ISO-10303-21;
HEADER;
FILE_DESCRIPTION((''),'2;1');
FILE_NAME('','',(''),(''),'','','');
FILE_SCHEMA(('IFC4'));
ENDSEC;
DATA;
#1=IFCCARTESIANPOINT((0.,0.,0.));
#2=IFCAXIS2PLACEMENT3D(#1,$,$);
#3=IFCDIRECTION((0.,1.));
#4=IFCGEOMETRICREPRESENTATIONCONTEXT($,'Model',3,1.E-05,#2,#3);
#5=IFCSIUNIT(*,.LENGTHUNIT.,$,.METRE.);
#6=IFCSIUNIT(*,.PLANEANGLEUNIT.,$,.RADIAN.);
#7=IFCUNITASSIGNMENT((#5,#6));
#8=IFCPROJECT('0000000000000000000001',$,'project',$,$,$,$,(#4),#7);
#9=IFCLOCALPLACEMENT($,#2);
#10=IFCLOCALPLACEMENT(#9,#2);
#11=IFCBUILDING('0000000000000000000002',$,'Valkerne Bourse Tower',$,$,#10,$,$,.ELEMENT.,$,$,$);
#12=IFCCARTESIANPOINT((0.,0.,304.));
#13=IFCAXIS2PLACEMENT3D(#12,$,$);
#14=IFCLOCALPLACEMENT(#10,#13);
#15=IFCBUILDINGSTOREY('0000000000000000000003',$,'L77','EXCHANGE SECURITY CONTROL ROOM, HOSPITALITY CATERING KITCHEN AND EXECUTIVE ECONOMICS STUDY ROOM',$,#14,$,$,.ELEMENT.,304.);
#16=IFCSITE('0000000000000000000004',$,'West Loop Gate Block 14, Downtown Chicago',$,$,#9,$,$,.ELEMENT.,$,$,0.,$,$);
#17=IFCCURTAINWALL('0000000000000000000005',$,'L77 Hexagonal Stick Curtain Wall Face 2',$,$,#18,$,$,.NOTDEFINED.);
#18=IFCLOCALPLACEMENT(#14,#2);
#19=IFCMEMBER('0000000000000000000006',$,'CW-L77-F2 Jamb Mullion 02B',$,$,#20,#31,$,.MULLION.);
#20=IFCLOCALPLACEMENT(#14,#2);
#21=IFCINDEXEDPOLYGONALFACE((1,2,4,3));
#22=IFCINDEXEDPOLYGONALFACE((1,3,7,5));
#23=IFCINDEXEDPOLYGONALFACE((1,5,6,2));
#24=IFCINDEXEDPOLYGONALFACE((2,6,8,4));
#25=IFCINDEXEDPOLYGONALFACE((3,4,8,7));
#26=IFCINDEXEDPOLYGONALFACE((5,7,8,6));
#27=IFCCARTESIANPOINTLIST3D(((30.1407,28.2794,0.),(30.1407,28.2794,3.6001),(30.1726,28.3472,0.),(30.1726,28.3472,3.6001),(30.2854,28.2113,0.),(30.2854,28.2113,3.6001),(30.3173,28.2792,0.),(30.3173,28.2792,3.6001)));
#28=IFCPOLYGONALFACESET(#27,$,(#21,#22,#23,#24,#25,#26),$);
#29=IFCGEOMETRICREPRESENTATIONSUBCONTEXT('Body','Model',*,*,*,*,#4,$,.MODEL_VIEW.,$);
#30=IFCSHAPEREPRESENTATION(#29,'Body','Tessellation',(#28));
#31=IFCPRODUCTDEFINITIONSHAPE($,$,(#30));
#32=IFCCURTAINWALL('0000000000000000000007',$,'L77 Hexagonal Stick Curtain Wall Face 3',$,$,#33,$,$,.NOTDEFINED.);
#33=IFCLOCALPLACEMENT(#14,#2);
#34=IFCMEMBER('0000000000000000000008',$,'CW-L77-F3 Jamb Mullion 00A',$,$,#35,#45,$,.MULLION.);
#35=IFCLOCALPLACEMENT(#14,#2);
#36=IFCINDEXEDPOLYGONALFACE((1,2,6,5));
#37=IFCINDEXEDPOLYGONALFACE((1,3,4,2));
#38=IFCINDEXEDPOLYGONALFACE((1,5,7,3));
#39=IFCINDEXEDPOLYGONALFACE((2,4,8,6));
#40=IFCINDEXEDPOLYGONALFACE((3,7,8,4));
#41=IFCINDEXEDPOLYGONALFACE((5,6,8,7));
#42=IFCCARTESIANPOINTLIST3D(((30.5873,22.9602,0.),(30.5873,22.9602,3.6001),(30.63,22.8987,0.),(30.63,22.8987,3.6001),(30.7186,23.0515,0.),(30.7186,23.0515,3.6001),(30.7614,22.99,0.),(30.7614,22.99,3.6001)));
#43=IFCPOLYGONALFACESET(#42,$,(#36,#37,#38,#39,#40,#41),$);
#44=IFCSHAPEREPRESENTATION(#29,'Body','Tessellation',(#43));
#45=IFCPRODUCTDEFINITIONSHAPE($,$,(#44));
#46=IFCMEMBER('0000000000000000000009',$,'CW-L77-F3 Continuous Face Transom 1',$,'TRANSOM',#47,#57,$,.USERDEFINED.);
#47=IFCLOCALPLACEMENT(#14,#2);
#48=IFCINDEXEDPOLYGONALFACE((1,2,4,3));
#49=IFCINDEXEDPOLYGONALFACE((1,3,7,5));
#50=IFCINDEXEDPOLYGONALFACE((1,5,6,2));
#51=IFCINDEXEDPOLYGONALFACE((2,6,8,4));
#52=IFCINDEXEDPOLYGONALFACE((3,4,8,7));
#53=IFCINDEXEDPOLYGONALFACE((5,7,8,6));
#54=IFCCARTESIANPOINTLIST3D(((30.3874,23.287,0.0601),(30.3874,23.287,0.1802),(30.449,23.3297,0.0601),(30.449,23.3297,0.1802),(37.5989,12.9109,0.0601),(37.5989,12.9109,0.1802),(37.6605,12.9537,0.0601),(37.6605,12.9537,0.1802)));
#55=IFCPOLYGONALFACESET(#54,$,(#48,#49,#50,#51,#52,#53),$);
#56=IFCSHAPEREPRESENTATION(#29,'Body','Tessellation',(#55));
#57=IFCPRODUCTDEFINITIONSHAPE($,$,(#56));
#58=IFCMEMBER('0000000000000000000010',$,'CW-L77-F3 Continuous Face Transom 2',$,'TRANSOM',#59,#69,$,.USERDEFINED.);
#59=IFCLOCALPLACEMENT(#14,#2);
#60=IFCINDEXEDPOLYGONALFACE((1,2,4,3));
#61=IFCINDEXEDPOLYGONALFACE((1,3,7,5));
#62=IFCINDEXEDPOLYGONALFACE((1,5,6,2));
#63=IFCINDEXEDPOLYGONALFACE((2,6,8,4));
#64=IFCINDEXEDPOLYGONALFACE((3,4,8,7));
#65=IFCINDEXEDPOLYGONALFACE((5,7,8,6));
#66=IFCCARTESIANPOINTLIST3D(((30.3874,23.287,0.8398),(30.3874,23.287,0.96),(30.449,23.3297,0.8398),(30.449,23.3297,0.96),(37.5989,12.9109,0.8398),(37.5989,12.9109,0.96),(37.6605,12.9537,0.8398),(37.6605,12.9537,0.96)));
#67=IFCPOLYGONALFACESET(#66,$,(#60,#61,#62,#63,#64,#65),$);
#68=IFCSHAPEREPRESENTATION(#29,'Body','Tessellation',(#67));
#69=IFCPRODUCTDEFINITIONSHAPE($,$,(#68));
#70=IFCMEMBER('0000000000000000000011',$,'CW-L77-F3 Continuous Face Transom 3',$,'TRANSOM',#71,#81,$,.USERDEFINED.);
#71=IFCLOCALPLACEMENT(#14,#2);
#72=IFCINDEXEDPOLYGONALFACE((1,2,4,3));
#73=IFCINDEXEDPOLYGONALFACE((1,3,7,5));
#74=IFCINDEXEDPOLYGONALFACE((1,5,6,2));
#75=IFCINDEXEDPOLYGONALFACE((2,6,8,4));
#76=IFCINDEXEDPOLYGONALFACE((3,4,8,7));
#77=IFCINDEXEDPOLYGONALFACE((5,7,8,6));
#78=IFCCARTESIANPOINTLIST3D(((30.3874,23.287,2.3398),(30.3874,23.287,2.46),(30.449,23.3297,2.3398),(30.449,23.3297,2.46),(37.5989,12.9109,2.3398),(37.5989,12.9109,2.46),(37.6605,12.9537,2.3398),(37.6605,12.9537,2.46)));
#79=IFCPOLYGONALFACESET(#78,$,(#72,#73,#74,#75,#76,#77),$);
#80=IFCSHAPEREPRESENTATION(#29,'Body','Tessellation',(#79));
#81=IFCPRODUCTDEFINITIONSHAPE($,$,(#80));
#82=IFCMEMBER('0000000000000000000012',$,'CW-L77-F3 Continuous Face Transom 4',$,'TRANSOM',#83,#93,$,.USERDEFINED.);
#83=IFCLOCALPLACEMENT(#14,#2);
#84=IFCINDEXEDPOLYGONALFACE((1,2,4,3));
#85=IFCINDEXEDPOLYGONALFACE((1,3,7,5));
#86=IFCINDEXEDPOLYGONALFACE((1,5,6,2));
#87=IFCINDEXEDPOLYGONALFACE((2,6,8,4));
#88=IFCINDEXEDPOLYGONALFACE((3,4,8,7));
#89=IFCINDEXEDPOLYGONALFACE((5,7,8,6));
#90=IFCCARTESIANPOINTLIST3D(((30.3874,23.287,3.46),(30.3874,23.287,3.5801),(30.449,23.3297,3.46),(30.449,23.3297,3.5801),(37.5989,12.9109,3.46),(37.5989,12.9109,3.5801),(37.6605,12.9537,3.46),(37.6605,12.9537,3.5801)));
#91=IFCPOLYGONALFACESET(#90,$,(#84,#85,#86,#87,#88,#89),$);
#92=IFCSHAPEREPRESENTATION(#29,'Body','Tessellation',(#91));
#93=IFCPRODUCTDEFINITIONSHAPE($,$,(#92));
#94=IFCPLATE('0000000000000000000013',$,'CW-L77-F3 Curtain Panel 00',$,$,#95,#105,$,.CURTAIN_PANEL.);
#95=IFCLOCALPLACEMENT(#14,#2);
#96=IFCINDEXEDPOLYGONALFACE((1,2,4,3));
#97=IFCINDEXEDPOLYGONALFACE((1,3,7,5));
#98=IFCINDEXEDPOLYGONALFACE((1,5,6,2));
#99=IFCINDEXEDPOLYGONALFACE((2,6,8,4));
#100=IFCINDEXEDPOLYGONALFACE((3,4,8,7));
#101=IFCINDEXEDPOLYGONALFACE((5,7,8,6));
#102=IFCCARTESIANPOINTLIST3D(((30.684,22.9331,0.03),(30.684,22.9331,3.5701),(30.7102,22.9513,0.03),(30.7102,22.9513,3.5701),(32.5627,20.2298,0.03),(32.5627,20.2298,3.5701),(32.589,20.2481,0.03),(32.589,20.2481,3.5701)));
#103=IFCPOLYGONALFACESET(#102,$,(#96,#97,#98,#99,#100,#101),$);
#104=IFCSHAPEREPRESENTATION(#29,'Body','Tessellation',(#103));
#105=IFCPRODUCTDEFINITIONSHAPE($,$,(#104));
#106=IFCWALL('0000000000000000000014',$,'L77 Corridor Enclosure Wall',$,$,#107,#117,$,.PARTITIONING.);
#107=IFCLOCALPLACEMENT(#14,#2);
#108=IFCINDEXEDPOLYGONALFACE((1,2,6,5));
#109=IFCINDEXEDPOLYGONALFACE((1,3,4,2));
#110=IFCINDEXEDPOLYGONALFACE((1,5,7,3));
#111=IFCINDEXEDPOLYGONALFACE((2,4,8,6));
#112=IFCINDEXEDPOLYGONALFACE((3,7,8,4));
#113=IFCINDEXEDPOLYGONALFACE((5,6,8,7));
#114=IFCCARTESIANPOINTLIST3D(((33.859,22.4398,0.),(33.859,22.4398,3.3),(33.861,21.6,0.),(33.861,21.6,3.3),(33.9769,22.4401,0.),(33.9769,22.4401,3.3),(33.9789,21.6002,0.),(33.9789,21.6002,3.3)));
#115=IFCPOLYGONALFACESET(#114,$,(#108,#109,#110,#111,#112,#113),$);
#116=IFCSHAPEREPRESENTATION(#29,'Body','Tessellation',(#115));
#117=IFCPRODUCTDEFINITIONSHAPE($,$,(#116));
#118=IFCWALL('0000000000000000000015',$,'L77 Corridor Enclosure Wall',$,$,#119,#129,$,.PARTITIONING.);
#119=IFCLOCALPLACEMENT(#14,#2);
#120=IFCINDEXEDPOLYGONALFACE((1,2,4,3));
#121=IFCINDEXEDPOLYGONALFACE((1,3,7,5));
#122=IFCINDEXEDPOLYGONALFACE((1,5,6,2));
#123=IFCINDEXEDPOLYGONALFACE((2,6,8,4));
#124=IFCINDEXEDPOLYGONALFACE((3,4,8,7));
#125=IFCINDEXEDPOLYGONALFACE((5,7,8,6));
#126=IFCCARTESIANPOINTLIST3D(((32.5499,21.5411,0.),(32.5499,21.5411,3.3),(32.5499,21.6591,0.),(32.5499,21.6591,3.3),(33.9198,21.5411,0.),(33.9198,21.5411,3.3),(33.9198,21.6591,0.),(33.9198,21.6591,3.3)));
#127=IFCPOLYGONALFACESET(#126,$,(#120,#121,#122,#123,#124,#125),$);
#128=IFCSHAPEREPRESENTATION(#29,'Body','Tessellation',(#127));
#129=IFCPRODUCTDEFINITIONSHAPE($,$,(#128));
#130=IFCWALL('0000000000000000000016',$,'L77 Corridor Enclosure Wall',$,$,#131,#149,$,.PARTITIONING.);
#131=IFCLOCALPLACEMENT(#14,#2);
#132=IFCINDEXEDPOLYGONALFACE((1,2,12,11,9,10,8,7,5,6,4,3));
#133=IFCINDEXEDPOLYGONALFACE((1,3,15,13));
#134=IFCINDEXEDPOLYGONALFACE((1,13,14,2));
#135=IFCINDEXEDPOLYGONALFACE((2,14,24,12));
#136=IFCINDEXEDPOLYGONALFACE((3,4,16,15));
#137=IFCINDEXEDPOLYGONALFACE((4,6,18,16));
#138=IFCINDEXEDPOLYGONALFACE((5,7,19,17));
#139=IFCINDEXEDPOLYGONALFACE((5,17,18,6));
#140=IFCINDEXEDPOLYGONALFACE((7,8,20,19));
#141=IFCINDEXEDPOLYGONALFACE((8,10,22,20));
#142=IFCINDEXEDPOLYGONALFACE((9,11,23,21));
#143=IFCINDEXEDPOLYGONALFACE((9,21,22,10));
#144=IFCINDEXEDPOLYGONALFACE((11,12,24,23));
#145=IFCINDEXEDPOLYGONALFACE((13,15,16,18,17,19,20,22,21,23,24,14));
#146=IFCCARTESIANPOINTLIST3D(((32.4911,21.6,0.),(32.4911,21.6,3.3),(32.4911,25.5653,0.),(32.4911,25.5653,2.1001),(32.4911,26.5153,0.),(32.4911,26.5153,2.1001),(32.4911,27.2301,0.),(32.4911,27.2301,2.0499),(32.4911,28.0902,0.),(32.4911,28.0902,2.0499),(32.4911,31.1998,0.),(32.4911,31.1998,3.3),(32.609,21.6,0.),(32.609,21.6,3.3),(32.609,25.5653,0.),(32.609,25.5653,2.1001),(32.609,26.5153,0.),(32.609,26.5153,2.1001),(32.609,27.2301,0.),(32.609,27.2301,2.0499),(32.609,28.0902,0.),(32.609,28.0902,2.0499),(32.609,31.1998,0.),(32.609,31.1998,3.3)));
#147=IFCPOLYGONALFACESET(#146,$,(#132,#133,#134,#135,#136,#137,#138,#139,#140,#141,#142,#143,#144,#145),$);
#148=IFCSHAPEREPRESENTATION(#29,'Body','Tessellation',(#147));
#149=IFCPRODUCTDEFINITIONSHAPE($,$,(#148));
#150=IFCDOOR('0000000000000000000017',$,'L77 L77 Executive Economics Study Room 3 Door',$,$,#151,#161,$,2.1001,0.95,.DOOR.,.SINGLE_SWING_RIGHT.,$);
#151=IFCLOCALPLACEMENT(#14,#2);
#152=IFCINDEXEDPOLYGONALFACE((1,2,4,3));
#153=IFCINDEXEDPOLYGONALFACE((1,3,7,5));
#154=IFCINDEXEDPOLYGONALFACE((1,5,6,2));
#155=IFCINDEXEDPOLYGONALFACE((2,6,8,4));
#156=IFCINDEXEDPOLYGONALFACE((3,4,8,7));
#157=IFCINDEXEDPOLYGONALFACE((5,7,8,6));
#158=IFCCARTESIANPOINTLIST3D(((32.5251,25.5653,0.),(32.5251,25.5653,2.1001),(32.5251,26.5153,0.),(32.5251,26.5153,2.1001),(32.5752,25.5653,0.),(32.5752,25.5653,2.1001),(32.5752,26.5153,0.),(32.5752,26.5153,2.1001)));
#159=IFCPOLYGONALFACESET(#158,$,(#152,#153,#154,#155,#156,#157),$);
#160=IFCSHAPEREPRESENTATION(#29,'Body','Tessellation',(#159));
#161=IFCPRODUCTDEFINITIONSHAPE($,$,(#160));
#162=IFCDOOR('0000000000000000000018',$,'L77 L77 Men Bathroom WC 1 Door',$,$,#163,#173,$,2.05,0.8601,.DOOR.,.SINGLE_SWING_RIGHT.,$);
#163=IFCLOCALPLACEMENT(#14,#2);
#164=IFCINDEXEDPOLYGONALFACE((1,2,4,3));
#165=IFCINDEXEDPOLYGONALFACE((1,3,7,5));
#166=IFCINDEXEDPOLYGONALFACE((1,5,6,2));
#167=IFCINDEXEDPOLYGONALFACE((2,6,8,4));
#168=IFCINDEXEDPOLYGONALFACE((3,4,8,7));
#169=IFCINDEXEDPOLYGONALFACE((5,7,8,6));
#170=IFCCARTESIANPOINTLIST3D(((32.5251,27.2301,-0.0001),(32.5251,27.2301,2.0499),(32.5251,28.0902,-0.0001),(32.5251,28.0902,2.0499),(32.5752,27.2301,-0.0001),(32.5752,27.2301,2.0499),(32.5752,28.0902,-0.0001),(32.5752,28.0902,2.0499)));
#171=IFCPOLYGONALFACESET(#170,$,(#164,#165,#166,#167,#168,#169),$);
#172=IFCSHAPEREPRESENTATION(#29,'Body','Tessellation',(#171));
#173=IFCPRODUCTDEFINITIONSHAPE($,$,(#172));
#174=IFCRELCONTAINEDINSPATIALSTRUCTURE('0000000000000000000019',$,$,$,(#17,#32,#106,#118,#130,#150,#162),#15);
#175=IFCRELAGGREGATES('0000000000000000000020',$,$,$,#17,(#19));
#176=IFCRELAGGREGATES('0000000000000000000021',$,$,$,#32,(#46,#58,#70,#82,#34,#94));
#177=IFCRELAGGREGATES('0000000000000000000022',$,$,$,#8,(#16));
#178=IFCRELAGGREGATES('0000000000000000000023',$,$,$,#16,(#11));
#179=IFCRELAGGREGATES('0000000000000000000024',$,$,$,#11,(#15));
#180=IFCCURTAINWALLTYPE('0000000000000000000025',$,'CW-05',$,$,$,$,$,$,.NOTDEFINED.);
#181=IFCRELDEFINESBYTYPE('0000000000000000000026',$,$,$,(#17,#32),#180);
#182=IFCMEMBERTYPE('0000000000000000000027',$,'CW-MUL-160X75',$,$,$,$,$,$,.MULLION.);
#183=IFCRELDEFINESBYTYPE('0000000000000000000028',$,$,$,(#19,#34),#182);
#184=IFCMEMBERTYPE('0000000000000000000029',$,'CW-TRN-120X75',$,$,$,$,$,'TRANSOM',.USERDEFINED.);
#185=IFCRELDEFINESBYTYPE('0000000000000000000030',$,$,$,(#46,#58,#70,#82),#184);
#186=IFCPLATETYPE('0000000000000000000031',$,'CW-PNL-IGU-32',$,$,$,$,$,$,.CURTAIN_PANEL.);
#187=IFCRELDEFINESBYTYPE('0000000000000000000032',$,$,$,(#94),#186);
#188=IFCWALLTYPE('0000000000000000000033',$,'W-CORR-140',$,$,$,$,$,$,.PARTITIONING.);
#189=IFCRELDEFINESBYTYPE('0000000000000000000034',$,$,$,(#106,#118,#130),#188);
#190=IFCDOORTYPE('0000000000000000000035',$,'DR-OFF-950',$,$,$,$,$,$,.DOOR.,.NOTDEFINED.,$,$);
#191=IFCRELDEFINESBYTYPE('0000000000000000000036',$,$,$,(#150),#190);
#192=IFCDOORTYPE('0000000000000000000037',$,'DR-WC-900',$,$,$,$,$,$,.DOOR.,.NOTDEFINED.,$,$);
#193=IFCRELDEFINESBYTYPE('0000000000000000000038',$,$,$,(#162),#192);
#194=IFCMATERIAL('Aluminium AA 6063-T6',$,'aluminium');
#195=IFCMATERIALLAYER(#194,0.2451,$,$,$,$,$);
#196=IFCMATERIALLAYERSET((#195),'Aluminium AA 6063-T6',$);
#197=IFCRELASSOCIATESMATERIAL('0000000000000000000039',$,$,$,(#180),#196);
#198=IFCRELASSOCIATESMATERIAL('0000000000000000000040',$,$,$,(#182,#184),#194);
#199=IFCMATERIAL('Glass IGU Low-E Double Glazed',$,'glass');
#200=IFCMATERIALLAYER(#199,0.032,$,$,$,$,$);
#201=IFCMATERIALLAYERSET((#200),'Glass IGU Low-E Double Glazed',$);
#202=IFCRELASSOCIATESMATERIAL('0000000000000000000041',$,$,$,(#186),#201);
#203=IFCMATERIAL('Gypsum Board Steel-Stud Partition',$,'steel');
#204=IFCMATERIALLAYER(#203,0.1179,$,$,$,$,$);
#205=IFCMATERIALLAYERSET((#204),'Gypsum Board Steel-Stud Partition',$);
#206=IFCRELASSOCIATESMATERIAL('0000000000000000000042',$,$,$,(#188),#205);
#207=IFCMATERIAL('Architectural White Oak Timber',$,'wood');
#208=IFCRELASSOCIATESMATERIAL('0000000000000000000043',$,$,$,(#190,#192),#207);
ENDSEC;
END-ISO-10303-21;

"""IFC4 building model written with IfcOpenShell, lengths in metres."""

from ifc_helpers import new_model, si_unit, direction, frame, frame_2d, origin, origin_2d, place, context, subcontext, project, spatial, rectangle, extrude, material, layer, layer_set, material_profile, profile_set, type_object, element, fill, aggregate, save


model = new_model("IFC4")

# Units and contexts
model_context = context("Model", 3, precision=1e-05, world=origin(), true_north=direction((0.0, 1.0)))
body_context = subcontext(model_context, "Body", "Model", "MODEL_VIEW")
ifc_project = project(units=[si_unit("LENGTHUNIT", "METRE"), si_unit("PLANEANGLEUNIT", "RADIAN")], contexts=[model_context])

# Site, building, storey
site_placement = place(None, origin())
site = spatial("IfcSite", under=ifc_project, at=site_placement, Name="West Loop Gate Block 14, Downtown Chicago", CompositionType="ELEMENT", RefElevation=0.0)
building_placement = place(site_placement, origin())
building = spatial("IfcBuilding", under=site, at=building_placement, Name="Valkerne Bourse Tower", CompositionType="ELEMENT")
storey_placement = place(building_placement, frame((0.0, 0.0, 304.0)))
storey = spatial("IfcBuildingStorey", under=building, at=storey_placement, Name="L77", Description="EXCHANGE SECURITY CONTROL ROOM, HOSPITALITY CATERING KITCHEN AND EXECUTIVE ECONOMICS STUDY ROOM", CompositionType="ELEMENT", Elevation=304.0)

# Curtain wall, member
ifc_material_1 = material(Name="Aluminium AA 6063-T6", Category="aluminium")
ifc_layer_1 = layer(ifc_material_1, 0.2451)
ifc_layer_set_1 = layer_set([ifc_layer_1], Name="Aluminium AA 6063-T6")
curtain_wall_type = type_object("IfcCurtainWallType", Name="CW-05", PredefinedType="NOTDEFINED", material=ifc_layer_set_1)
curtain_wall_1_placement = place(storey_placement, origin())
curtain_wall_1 = element("IfcCurtainWall", 1, at=curtain_wall_1_placement, inside=storey, type_object=curtain_wall_type, Name="L77 Hexagonal Stick Curtain Wall Face 2", PredefinedType="NOTDEFINED")
ifc_material_profile_1 = material_profile(ifc_material_1, rectangle(XDim=0.075, YDim=0.1599, at=origin_2d()), Name="CWM-75X160")
ifc_profile_set_1 = profile_set([ifc_material_profile_1], Name="Aluminium AA 6063-T6")
member_type_1 = type_object("IfcMemberType", Name="CW-MUL-160X75", PredefinedType="MULLION", material=ifc_profile_set_1)
member_1_placement = place(storey_placement, frame((30.229, 28.2793, 0.0), z_axis=(0.0, 0.0, 1.0), x_axis=(-0.425786, -0.904824, 0.0)))
member_1 = element("IfcMember", 2, at=member_1_placement, type_object=member_type_1, Name="CW-L77-F2 Jamb Mullion 02B", PredefinedType="MULLION", context=body_context, shape_type="SweptSolid", body=[
    extrude(rectangle(XDim=0.075, YDim=0.1599, at=origin_2d()), origin(), (0.0, 0.0, 1.0), 3.6001),
])
aggregate(curtain_wall_1, [member_1])

# Curtain wall, members, plate
curtain_wall_2_placement = place(storey_placement, origin())
curtain_wall_2 = element("IfcCurtainWall", 3, at=curtain_wall_2_placement, inside=storey, type_object=curtain_wall_type, Name="L77 Hexagonal Stick Curtain Wall Face 3", PredefinedType="NOTDEFINED")
member_2_placement = place(storey_placement, frame((30.6743, 22.9751, 0.0), z_axis=(0.0, 0.0, 1.0), x_axis=(0.570704, -0.821156, 0.0)))
member_2 = element("IfcMember", 4, at=member_2_placement, type_object=member_type_1, Name="CW-L77-F3 Jamb Mullion 00A", PredefinedType="MULLION", context=body_context, shape_type="SweptSolid", body=[
    extrude(rectangle(XDim=0.075, YDim=0.1599, at=origin_2d()), origin(), (0.0, 0.0, 1.0), 3.6001),
])
ifc_material_profile_2 = material_profile(ifc_material_1, rectangle(XDim=0.075, YDim=0.1201, at=origin_2d()), Name="CWT-75X120")
ifc_profile_set_2 = profile_set([ifc_material_profile_2], Name="Aluminium AA 6063-T6")
member_type_2 = type_object("IfcMemberType", Name="CW-TRN-120X75", ElementType="TRANSOM", PredefinedType="USERDEFINED", material=ifc_profile_set_2)
member_3_placement = place(storey_placement, frame((30.4182, 23.3083, 0.1201), z_axis=(0.57071, -0.821152, 0.0), x_axis=(0.821152, 0.57071, 0.0)))
member_3 = element("IfcMember", 5, at=member_3_placement, type_object=member_type_2, Name="CW-L77-F3 Continuous Face Transom 1", ObjectType="TRANSOM", PredefinedType="USERDEFINED", context=body_context, shape_type="SweptSolid", body=[
    extrude(rectangle(XDim=0.075, YDim=0.1201, at=origin_2d()), origin(), (0.0, 0.0, 1.0), 12.636),
])
member_4_placement = place(storey_placement, frame((30.4182, 23.3083, 0.8999), z_axis=(0.57071, -0.821152, 0.0), x_axis=(0.821152, 0.57071, 0.0)))
member_4 = element("IfcMember", 6, at=member_4_placement, type_object=member_type_2, Name="CW-L77-F3 Continuous Face Transom 2", ObjectType="TRANSOM", PredefinedType="USERDEFINED", context=body_context, shape_type="SweptSolid", body=[
    extrude(rectangle(XDim=0.075, YDim=0.1201, at=origin_2d()), origin(), (0.0, 0.0, 1.0), 12.636),
])
member_5_placement = place(storey_placement, frame((30.4182, 23.3083, 2.3999), z_axis=(0.57071, -0.821152, 0.0), x_axis=(0.821152, 0.57071, 0.0)))
member_5 = element("IfcMember", 7, at=member_5_placement, type_object=member_type_2, Name="CW-L77-F3 Continuous Face Transom 3", ObjectType="TRANSOM", PredefinedType="USERDEFINED", context=body_context, shape_type="SweptSolid", body=[
    extrude(rectangle(XDim=0.075, YDim=0.1201, at=origin_2d()), origin(), (0.0, 0.0, 1.0), 12.636),
])
member_6_placement = place(storey_placement, frame((30.4182, 23.3083, 3.52), z_axis=(0.57071, -0.821152, 0.0), x_axis=(0.821152, 0.57071, 0.0)))
member_6 = element("IfcMember", 8, at=member_6_placement, type_object=member_type_2, Name="CW-L77-F3 Continuous Face Transom 4", ObjectType="TRANSOM", PredefinedType="USERDEFINED", context=body_context, shape_type="SweptSolid", body=[
    extrude(rectangle(XDim=0.075, YDim=0.1201, at=origin_2d()), origin(), (0.0, 0.0, 1.0), 12.636),
])
ifc_material_2 = material(Name="Glass IGU Low-E Double Glazed", Category="glass")
ifc_layer_2 = layer(ifc_material_2, 0.032)
ifc_layer_set_2 = layer_set([ifc_layer_2], Name="Glass IGU Low-E Double Glazed")
plate_type = type_object("IfcPlateType", Name="CW-PNL-IGU-32", PredefinedType="CURTAIN_PANEL", material=ifc_layer_set_2)
plate_placement = place(storey_placement, frame((31.6365, 21.5906, 0.03), z_axis=(0.0, 0.0, 1.0), x_axis=(0.570704, -0.821156, 0.0)))
plate = element("IfcPlate", 9, at=plate_placement, type_object=plate_type, Name="CW-L77-F3 Curtain Panel 00", PredefinedType="CURTAIN_PANEL", context=body_context, shape_type="SweptSolid", body=[
    extrude(rectangle(XDim=3.292, YDim=0.032, at=origin_2d()), origin(), (0.0, 0.0, 1.0), 3.54),
])
aggregate(curtain_wall_2, [member_3, member_4, member_5, member_6, member_2, plate])

# Walls
ifc_material_3 = material(Name="Gypsum Board Steel-Stud Partition", Category="steel")
ifc_layer_3 = layer(ifc_material_3, 0.1179)
ifc_layer_set_3 = layer_set([ifc_layer_3], Name="Gypsum Board Steel-Stud Partition")
wall_type_1 = type_object("IfcWallType", Name="W-CORR-140", PredefinedType="PARTITIONING", material=ifc_layer_set_3)
wall_1_placement = place(storey_placement, frame((33.918, 22.4399, 0.0), z_axis=(0.0, 0.0, 1.0), x_axis=(0.002326, -0.999997, 0.0)))
element("IfcWall", 10, at=wall_1_placement, inside=storey, type_object=wall_type_1, Name="L77 Corridor Enclosure Wall", PredefinedType="PARTITIONING", context=body_context, shape_type="SweptSolid", body=[
    extrude(rectangle(XDim=0.8398, YDim=0.1179, at=frame_2d((0.4199, 0.0))), origin(), (0.0, 0.0, 1.0), 3.3),
])
wall_2_placement = place(storey_placement, frame((33.9199, 21.6001, 0.0), z_axis=(0.0, 0.0, 1.0), x_axis=(-1.0, 0.0, 0.0)))
element("IfcWall", 11, at=wall_2_placement, inside=storey, type_object=wall_type_1, Name="L77 Corridor Enclosure Wall", PredefinedType="PARTITIONING", context=body_context, shape_type="SweptSolid", body=[
    extrude(rectangle(XDim=1.3699, YDim=0.1179, at=frame_2d((0.6851, 0.0))), origin(), (0.0, 0.0, 1.0), 3.3),
])

# Wall, openings, doors
wall_3_placement = place(storey_placement, frame((32.55, 21.6001, 0.0), z_axis=(0.0, 0.0, 1.0), x_axis=(0.0, 1.0, 0.0)))
wall_3 = element("IfcWall", 12, at=wall_3_placement, inside=storey, type_object=wall_type_1, Name="L77 Corridor Enclosure Wall", PredefinedType="PARTITIONING", context=body_context, shape_type="SweptSolid", body=[
    extrude(rectangle(XDim=9.5999, YDim=0.1179, at=frame_2d((4.7998, 0.0))), origin(), (0.0, 0.0, 1.0), 3.3),
])
opening_1_placement = place(wall_3_placement, frame((5.6299, 0.0, 0.0)))
opening_1 = element("IfcOpeningElement", 13, at=opening_1_placement, cuts=wall_3, PredefinedType="OPENING", context=body_context, shape_type="SweptSolid", body=[
    extrude(rectangle(XDim=0.8601, YDim=2.05, at=frame_2d((0.4302, 1.0249))), frame((0.0, 0.0688, 0.0), z_axis=(0.0, -1.0, 0.0), x_axis=(1.0, 0.0, 0.0)), (0.0, 0.0, 1.0), 0.1379),
])
opening_2_placement = place(wall_3_placement, frame((3.9651, 0.0, 0.0)))
opening_2 = element("IfcOpeningElement", 14, at=opening_2_placement, cuts=wall_3, PredefinedType="OPENING", context=body_context, shape_type="SweptSolid", body=[
    extrude(rectangle(XDim=0.95, YDim=2.1001, at=frame_2d((0.4751, 1.05))), frame((0.0, 0.0688, 0.0), z_axis=(0.0, -1.0, 0.0), x_axis=(1.0, 0.0, 0.0)), (0.0, 0.0, 1.0), 0.1379),
])
ifc_material_4 = material(Name="Architectural White Oak Timber", Category="wood")
door_type_1 = type_object("IfcDoorType", Name="DR-OFF-950", OperationType="NOTDEFINED", PredefinedType="DOOR", material=ifc_material_4)
door_1_placement = place(opening_2_placement, origin())
door_1 = element("IfcDoor", 15, at=door_1_placement, inside=storey, type_object=door_type_1, Name="L77 L77 Executive Economics Study Room 3 Door", OperationType="SINGLE_SWING_RIGHT", OverallHeight=2.1001, OverallWidth=0.95, PredefinedType="DOOR", context=body_context, shape_type="SweptSolid", body=[
    extrude(rectangle(XDim=0.95, YDim=2.1001, at=frame_2d((0.4751, 1.05))), frame((0.0, 0.0249, 0.0), z_axis=(0.0, -1.0, 0.0), x_axis=(1.0, 0.0, 0.0)), (0.0, 0.0, 1.0), 0.05),
])
fill(opening_2, door_1)
door_type_2 = type_object("IfcDoorType", Name="DR-WC-900", OperationType="NOTDEFINED", PredefinedType="DOOR", material=ifc_material_4)
door_2_placement = place(opening_1_placement, origin())
door_2 = element("IfcDoor", 16, at=door_2_placement, inside=storey, type_object=door_type_2, Name="L77 L77 Men Bathroom WC 1 Door", OperationType="SINGLE_SWING_RIGHT", OverallHeight=2.05, OverallWidth=0.8601, PredefinedType="DOOR", context=body_context, shape_type="SweptSolid", body=[
    extrude(rectangle(XDim=0.8601, YDim=2.05, at=frame_2d((0.4302, 1.0249))), frame((0.0, 0.0249, 0.0), z_axis=(0.0, -1.0, 0.0), x_axis=(1.0, 0.0, 0.0)), (0.0, 0.0, 1.0), 0.05),
])
fill(opening_1, door_2)

save(model, "model.ifc")
